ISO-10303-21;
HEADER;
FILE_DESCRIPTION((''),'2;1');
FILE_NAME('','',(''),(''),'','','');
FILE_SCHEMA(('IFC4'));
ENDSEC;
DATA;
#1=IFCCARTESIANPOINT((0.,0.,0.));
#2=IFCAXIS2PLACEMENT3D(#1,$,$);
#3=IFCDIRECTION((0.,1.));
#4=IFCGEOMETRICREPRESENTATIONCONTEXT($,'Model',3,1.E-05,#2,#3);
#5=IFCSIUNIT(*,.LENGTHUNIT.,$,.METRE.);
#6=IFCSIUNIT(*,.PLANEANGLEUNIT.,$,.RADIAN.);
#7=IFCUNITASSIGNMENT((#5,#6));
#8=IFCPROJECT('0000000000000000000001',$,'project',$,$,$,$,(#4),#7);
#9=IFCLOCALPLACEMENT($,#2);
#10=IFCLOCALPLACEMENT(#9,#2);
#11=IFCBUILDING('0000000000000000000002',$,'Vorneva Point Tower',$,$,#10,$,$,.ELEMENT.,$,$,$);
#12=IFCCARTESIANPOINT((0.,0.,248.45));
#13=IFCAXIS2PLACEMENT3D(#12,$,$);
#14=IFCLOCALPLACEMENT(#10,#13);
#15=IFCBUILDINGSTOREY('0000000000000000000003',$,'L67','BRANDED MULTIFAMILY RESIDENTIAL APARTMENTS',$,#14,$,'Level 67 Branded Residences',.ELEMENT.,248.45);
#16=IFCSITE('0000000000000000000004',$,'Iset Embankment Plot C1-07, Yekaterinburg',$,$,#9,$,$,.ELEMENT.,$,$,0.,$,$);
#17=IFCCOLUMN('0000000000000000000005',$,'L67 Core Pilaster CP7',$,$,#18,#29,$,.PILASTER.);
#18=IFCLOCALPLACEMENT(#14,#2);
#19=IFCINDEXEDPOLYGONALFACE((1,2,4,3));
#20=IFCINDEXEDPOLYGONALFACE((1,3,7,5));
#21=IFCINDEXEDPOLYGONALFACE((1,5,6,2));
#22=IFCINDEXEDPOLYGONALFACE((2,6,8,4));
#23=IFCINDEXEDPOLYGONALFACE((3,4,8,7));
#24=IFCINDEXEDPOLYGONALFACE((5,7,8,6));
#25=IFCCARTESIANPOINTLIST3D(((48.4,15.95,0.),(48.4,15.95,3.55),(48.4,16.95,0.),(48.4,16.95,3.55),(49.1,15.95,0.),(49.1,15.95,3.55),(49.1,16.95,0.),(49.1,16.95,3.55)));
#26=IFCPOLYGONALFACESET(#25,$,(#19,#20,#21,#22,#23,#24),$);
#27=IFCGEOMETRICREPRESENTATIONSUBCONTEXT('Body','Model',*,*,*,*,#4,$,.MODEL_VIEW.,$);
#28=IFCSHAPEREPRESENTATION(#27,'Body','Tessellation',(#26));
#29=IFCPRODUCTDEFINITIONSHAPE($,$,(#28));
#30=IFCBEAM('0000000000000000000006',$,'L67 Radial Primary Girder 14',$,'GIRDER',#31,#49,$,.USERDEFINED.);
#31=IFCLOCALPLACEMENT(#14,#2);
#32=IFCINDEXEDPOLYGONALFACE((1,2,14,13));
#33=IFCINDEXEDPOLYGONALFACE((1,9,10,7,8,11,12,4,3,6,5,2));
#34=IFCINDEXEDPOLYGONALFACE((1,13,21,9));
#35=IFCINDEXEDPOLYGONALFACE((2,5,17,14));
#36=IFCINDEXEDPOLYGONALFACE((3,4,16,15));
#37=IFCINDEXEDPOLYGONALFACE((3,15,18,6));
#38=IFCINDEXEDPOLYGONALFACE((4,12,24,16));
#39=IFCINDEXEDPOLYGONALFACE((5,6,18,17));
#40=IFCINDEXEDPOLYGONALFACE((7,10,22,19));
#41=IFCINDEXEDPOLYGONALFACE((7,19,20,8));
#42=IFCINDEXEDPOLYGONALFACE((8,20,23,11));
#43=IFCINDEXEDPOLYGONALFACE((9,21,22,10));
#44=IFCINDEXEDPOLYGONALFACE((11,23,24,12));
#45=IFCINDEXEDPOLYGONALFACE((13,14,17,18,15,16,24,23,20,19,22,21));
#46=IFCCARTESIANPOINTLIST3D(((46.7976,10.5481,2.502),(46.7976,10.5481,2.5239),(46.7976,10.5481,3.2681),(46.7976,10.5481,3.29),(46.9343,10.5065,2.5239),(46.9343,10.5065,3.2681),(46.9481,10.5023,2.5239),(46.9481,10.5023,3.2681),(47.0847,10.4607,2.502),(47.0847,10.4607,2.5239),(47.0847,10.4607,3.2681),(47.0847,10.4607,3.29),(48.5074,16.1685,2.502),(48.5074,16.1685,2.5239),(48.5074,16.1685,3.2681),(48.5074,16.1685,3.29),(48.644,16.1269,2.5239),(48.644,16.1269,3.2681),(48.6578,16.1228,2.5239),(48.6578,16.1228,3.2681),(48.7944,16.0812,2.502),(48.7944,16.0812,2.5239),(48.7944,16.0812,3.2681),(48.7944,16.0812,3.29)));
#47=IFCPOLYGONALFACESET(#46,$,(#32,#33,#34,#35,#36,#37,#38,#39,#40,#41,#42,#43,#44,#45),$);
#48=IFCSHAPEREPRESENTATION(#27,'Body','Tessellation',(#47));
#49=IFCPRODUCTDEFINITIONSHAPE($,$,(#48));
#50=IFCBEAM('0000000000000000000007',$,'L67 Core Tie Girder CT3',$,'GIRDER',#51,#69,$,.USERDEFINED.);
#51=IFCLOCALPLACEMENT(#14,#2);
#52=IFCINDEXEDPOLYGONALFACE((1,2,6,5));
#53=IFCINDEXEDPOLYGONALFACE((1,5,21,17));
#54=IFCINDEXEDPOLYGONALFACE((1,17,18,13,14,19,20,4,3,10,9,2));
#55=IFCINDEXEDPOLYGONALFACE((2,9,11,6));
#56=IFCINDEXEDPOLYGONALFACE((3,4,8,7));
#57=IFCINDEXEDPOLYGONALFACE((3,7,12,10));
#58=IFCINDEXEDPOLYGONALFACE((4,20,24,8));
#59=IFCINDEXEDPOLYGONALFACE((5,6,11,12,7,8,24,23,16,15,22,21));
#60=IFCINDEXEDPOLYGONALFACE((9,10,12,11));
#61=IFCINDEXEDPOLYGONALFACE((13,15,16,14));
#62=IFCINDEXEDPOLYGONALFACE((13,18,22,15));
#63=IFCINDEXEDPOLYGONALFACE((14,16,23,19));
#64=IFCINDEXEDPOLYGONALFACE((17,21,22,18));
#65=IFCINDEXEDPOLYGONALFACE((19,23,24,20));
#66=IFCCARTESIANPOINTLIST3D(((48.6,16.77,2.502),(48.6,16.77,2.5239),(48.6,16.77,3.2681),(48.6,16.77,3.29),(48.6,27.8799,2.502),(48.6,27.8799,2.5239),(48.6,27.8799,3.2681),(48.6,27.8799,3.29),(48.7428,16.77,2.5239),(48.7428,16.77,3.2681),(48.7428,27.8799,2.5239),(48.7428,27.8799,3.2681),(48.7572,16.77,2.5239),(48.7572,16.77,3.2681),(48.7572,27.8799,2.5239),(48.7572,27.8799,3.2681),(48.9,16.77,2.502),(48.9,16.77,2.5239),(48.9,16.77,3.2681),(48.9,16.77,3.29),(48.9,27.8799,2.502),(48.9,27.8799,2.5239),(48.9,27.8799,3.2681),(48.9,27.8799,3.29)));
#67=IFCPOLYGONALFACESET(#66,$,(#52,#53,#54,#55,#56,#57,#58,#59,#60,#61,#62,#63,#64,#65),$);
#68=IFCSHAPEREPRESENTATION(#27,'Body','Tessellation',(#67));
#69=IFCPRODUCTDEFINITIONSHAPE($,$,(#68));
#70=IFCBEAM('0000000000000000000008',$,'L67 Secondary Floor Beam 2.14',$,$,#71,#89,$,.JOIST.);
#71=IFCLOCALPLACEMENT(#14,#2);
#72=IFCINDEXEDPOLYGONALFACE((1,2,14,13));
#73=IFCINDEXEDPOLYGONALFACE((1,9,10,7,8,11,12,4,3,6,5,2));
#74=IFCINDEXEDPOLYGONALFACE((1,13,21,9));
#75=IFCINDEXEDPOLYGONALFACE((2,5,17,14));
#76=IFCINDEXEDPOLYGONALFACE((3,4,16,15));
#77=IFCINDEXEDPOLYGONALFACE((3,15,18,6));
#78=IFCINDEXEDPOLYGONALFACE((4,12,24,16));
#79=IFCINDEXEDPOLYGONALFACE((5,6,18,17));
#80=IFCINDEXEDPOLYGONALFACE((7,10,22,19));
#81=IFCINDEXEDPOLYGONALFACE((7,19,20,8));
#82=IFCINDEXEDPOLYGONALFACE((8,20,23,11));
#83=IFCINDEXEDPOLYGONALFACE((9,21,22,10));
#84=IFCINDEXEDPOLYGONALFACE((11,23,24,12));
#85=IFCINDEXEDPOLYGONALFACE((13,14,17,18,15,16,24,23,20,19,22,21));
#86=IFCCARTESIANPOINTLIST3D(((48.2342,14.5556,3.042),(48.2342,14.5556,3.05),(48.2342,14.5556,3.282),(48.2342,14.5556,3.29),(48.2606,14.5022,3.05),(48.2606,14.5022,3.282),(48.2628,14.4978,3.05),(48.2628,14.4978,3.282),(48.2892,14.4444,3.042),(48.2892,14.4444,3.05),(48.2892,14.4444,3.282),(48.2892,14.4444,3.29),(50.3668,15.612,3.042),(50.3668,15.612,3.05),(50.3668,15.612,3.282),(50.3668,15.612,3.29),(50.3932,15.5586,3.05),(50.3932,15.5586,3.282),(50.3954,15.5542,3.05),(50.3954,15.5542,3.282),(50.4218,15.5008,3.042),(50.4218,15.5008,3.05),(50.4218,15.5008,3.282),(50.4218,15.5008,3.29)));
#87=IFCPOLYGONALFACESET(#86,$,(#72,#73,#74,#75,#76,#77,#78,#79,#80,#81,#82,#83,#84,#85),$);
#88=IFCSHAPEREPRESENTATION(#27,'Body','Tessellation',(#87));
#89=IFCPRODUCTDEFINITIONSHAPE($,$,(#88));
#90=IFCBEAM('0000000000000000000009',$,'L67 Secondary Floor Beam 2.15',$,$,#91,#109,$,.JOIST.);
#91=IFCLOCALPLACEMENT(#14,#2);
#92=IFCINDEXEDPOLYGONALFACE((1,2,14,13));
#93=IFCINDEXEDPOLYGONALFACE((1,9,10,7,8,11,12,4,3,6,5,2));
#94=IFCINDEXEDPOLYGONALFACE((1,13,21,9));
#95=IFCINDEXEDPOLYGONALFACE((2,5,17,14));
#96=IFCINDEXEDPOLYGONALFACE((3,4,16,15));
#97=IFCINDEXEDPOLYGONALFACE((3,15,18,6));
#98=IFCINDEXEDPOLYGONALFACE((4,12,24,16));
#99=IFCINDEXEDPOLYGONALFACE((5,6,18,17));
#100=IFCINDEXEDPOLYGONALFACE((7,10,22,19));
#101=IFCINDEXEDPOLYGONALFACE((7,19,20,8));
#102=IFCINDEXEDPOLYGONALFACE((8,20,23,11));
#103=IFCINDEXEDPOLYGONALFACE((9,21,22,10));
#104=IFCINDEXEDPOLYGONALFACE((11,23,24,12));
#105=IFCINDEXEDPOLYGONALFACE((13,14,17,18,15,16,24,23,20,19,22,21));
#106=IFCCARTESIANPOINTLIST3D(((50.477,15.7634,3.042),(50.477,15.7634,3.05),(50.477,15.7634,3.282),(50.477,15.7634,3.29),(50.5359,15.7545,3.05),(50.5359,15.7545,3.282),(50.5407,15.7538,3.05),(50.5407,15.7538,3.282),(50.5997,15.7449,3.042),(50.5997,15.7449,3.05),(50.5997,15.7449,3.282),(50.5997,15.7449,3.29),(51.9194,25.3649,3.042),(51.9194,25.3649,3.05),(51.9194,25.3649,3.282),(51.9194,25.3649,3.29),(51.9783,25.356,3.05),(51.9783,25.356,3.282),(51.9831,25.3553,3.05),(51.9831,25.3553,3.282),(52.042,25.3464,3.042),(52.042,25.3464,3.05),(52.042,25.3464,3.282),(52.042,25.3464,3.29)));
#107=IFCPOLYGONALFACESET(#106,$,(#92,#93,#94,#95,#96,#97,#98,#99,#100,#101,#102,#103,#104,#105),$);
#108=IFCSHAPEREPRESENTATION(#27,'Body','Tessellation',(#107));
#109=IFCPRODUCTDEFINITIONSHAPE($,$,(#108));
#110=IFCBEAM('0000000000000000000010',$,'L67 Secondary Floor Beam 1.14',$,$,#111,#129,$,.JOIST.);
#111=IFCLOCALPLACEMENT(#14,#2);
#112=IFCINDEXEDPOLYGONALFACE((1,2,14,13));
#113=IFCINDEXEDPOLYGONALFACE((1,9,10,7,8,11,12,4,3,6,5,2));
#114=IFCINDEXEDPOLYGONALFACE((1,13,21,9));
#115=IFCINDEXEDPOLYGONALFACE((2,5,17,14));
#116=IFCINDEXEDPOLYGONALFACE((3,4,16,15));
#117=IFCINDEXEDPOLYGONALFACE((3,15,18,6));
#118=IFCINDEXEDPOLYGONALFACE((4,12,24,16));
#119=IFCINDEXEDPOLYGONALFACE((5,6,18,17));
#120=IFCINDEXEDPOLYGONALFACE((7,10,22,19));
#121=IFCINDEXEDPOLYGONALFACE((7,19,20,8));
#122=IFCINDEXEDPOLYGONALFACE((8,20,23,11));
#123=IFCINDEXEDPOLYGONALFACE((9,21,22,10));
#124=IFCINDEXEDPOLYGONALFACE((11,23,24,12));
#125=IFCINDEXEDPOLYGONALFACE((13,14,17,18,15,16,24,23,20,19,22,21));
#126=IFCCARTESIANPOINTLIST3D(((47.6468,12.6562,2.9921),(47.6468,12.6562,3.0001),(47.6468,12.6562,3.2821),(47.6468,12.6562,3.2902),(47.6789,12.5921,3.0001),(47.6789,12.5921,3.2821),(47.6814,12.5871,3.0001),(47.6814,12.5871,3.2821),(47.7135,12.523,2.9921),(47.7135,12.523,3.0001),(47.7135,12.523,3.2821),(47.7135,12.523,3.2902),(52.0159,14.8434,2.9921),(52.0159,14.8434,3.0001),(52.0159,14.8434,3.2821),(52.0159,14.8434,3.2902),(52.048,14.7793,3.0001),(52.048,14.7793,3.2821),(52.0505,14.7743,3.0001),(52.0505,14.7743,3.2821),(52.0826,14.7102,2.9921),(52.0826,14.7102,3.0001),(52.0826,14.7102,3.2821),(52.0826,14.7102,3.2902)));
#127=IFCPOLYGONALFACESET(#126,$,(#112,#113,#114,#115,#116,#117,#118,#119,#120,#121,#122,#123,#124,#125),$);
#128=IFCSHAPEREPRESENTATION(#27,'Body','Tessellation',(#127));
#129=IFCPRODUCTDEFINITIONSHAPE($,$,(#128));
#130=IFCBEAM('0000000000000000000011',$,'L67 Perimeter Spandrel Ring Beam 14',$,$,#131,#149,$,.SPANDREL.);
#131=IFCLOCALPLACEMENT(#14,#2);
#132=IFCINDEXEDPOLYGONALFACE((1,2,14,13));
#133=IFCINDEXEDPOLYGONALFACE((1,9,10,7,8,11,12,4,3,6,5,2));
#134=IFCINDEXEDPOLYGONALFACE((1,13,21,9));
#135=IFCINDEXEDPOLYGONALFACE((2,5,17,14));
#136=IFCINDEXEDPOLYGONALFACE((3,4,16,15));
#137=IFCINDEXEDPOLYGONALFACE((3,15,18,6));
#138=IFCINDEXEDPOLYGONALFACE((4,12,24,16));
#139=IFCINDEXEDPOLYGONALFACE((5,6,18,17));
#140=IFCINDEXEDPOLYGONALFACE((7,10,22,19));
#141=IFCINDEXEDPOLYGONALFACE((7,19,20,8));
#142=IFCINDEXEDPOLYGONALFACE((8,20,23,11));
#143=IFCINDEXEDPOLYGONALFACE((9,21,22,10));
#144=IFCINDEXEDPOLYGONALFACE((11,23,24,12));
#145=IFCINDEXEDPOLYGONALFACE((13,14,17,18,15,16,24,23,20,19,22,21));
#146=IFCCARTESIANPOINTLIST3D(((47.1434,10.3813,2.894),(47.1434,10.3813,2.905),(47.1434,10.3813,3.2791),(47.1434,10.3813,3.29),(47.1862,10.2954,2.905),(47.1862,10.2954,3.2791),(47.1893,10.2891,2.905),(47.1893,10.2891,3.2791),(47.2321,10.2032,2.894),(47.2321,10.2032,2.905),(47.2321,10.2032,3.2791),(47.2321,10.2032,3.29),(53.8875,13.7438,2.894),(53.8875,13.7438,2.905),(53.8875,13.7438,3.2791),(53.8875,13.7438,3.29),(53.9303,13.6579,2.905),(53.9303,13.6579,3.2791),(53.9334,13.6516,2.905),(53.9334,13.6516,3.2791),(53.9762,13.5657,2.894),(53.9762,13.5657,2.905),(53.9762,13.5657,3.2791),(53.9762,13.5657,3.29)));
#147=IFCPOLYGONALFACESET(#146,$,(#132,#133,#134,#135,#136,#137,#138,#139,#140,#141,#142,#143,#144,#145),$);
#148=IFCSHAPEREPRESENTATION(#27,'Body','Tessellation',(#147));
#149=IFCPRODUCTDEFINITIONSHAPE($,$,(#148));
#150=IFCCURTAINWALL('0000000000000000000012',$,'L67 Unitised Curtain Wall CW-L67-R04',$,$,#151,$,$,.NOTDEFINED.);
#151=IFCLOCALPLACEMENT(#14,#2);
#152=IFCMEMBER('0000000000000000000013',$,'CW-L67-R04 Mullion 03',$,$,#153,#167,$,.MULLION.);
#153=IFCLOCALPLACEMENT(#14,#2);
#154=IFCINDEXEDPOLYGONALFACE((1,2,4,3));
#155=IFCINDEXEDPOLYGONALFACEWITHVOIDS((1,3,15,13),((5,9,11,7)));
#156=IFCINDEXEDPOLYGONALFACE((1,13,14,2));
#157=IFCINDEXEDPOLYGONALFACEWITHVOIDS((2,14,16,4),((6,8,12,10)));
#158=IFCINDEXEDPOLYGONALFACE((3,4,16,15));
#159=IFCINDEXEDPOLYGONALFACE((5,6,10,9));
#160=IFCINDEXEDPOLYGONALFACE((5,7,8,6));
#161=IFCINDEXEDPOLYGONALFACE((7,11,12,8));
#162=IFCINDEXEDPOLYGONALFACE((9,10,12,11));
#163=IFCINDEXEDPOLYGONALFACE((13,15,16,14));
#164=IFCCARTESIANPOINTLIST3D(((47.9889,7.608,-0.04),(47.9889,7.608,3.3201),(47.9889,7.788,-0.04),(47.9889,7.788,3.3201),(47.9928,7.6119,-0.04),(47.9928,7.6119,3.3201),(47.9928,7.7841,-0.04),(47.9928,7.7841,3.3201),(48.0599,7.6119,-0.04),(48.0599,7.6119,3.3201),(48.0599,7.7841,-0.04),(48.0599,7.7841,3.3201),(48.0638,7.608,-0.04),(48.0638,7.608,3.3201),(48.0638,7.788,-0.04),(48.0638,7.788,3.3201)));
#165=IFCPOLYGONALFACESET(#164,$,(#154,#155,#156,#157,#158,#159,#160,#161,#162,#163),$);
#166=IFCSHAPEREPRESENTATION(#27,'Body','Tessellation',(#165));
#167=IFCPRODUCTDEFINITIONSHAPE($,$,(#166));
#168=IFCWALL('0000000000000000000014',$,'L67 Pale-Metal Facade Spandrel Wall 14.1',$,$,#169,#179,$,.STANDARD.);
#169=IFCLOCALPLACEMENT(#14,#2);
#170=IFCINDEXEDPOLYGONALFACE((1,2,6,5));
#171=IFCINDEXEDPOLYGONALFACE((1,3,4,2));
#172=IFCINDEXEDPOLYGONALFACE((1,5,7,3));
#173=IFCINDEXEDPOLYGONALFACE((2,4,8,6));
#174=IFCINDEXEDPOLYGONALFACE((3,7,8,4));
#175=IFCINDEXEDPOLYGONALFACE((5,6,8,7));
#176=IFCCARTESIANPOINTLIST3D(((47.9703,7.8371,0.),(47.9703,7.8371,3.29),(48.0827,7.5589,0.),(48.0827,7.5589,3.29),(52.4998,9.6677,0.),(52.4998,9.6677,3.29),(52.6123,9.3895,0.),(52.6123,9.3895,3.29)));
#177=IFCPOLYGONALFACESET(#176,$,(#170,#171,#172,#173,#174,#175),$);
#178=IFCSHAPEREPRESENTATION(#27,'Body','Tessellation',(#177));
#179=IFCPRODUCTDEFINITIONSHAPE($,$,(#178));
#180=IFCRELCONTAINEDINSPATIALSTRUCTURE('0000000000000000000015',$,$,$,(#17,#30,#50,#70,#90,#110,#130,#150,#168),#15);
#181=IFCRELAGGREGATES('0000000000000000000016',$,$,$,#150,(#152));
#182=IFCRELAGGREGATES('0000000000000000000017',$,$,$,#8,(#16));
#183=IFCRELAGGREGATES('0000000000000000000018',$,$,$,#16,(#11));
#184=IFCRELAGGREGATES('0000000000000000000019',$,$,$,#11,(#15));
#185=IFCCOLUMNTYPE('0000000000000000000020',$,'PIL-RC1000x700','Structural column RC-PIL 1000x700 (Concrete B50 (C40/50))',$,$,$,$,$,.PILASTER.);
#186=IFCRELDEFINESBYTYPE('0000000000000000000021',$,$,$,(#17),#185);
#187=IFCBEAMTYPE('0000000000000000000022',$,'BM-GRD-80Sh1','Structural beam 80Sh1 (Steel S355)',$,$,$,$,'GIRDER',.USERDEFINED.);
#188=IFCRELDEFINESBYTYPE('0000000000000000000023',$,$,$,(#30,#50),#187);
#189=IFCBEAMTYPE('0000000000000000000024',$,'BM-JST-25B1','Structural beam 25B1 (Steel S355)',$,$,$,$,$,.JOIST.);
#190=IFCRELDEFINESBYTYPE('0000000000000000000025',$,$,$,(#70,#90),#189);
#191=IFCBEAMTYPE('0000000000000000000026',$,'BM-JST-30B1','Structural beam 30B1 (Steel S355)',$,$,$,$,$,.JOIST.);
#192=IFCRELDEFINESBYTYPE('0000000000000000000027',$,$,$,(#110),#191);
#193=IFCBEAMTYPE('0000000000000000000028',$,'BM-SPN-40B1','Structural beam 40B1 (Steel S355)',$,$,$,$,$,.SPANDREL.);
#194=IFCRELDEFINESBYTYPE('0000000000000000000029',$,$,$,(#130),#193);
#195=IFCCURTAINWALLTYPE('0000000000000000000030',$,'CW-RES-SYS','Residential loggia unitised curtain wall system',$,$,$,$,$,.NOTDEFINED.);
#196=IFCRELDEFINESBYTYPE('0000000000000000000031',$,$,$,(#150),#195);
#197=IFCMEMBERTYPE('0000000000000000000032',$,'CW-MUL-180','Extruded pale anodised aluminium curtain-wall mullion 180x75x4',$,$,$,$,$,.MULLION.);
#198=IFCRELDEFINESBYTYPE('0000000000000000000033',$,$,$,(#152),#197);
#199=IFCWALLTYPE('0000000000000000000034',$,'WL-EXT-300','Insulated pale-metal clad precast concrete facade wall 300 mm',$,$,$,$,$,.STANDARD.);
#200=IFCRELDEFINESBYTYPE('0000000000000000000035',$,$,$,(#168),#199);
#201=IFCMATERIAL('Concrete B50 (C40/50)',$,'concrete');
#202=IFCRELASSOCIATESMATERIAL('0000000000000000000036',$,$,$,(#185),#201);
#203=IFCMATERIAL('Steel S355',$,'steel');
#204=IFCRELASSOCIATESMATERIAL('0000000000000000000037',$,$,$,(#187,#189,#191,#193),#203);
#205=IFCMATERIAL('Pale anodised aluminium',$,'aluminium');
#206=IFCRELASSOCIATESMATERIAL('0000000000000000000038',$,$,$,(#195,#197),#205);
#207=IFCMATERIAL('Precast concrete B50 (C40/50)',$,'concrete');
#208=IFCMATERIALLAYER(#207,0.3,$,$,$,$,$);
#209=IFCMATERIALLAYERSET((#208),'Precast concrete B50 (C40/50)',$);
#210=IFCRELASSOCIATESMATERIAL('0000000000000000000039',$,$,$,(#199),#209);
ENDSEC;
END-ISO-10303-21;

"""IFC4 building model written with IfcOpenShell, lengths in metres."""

from ifc_helpers import new_model, si_unit, direction, frame, frame_2d, origin, origin_2d, place, context, subcontext, project, spatial, rectangle, hollow_rectangle, i_section, extrude, material, layer, layer_set, material_profile, profile_set, type_object, element, aggregate, save


model = new_model("IFC4")

# Units and contexts
model_context = context("Model", 3, precision=1e-05, world=origin(), true_north=direction((0.0, 1.0)))
body_context = subcontext(model_context, "Body", "Model", "MODEL_VIEW")
ifc_project = project(units=[si_unit("LENGTHUNIT", "METRE"), si_unit("PLANEANGLEUNIT", "RADIAN")], contexts=[model_context])

# Site, building, storey
site_placement = place(None, origin())
site = spatial("IfcSite", under=ifc_project, at=site_placement, Name="Iset Embankment Plot C1-07, Yekaterinburg", CompositionType="ELEMENT", RefElevation=0.0)
building_placement = place(site_placement, origin())
building = spatial("IfcBuilding", under=site, at=building_placement, Name="Vorneva Point Tower", CompositionType="ELEMENT")
storey_placement = place(building_placement, frame((0.0, 0.0, 248.45)))
storey = spatial("IfcBuildingStorey", under=building, at=storey_placement, Name="L67", Description="BRANDED MULTIFAMILY RESIDENTIAL APARTMENTS", LongName="Level 67 Branded Residences", CompositionType="ELEMENT", Elevation=248.45)

# Column
ifc_material_1 = material(Name="Concrete B50 (C40/50)", Category="concrete")
ifc_material_profile_1 = material_profile(ifc_material_1, rectangle(XDim=0.7, YDim=1.0, at=origin_2d()), Name="RC-PIL 1000x700")
ifc_profile_set_1 = profile_set([ifc_material_profile_1], Name="Concrete B50 (C40/50)")
column_type = type_object("IfcColumnType", Name="PIL-RC1000x700", Description="Structural column RC-PIL 1000x700 (Concrete B50 (C40/50))", PredefinedType="PILASTER", material=ifc_profile_set_1)
column_placement = place(storey_placement, frame((48.75, 16.45, 0.0), z_axis=(0.0, 0.0, 1.0), x_axis=(1.0, 0.0, 0.0)))
element("IfcColumn", 1, at=column_placement, inside=storey, type_object=column_type, Name="L67 Core Pilaster CP7", PredefinedType="PILASTER", context=body_context, shape_type="SweptSolid", body=[
    extrude(rectangle(XDim=0.7, YDim=1.0, at=origin_2d()), origin(), (0.0, 0.0, 1.0), 3.55),
])

# Beams
ifc_material_2 = material(Name="Steel S355", Category="steel")
ifc_material_profile_2 = material_profile(ifc_material_2, i_section(OverallWidth=0.3, OverallDepth=0.7881, WebThickness=0.0144, FlangeThickness=0.022, at=origin_2d()), Name="80Sh1")
ifc_profile_set_2 = profile_set([ifc_material_profile_2], Name="Steel S355")
beam_type_1 = type_object("IfcBeamType", Name="BM-GRD-80Sh1", Description="Structural beam 80Sh1 (Steel S355)", ElementType="GIRDER", PredefinedType="USERDEFINED", material=ifc_profile_set_2)
beam_1_placement = place(storey_placement, frame((46.9412, 10.5044, 2.896), z_axis=(0.291033, 0.956713, 0.0), x_axis=(-0.956713, 0.291033, 0.0)))
element("IfcBeam", 2, at=beam_1_placement, inside=storey, type_object=beam_type_1, Name="L67 Radial Primary Girder 14", ObjectType="GIRDER", PredefinedType="USERDEFINED", context=body_context, shape_type="SweptSolid", body=[
    extrude(i_section(OverallWidth=0.3, OverallDepth=0.7881, WebThickness=0.0144, FlangeThickness=0.022, at=origin_2d()), origin(), (0.0, 0.0, 1.0), 5.8748),
])
beam_2_placement = place(storey_placement, frame((48.75, 16.77, 2.896), z_axis=(0.0, 1.0, 0.0), x_axis=(-1.0, 0.0, 0.0)))
element("IfcBeam", 3, at=beam_2_placement, inside=storey, type_object=beam_type_1, Name="L67 Core Tie Girder CT3", ObjectType="GIRDER", PredefinedType="USERDEFINED", context=body_context, shape_type="SweptSolid", body=[
    extrude(i_section(OverallWidth=0.3, OverallDepth=0.7881, WebThickness=0.0144, FlangeThickness=0.022, at=origin_2d()), origin(), (0.0, 0.0, 1.0), 11.1099),
])
ifc_material_profile_3 = material_profile(ifc_material_2, i_section(OverallWidth=0.124, OverallDepth=0.248, WebThickness=0.0049, FlangeThickness=0.0081, at=origin_2d()), Name="25B1")
ifc_profile_set_3 = profile_set([ifc_material_profile_3], Name="Steel S355")
beam_type_2 = type_object("IfcBeamType", Name="BM-JST-25B1", Description="Structural beam 25B1 (Steel S355)", PredefinedType="JOIST", material=ifc_profile_set_3)
beam_3_placement = place(storey_placement, frame((48.2617, 14.5, 3.166), z_axis=(0.896083, 0.443887, 0.0), x_axis=(-0.443887, 0.896083, 0.0)))
element("IfcBeam", 4, at=beam_3_placement, inside=storey, type_object=beam_type_2, Name="L67 Secondary Floor Beam 2.14", PredefinedType="JOIST", context=body_context, shape_type="SweptSolid", body=[
    extrude(i_section(OverallWidth=0.124, OverallDepth=0.248, WebThickness=0.0049, FlangeThickness=0.0081, at=origin_2d()), origin(), (0.0, 0.0, 1.0), 2.3799),
])
beam_4_placement = place(storey_placement, frame((50.5383, 15.7542, 3.166), z_axis=(0.148557, 0.988904, 0.0), x_axis=(-0.988904, 0.148557, 0.0)))
element("IfcBeam", 5, at=beam_4_placement, inside=storey, type_object=beam_type_2, Name="L67 Secondary Floor Beam 2.15", PredefinedType="JOIST", context=body_context, shape_type="SweptSolid", body=[
    extrude(i_section(OverallWidth=0.124, OverallDepth=0.248, WebThickness=0.0049, FlangeThickness=0.0081, at=origin_2d()), origin(), (0.0, 0.0, 1.0), 9.7092),
])
ifc_material_profile_4 = material_profile(ifc_material_2, i_section(OverallWidth=0.1489, OverallDepth=0.2981, WebThickness=0.0056, FlangeThickness=0.0081, at=origin_2d()), Name="30B1")
ifc_profile_set_4 = profile_set([ifc_material_profile_4], Name="Steel S355")
beam_type_3 = type_object("IfcBeamType", Name="BM-JST-30B1", Description="Structural beam 30B1 (Steel S355)", PredefinedType="JOIST", material=ifc_profile_set_4)
beam_5_placement = place(storey_placement, frame((47.6802, 12.5896, 3.1411), z_axis=(0.894207, 0.447653, 0.0), x_axis=(-0.447653, 0.894207, 0.0)))
element("IfcBeam", 6, at=beam_5_placement, inside=storey, type_object=beam_type_3, Name="L67 Secondary Floor Beam 1.14", PredefinedType="JOIST", context=body_context, shape_type="SweptSolid", body=[
    extrude(i_section(OverallWidth=0.1489, OverallDepth=0.2981, WebThickness=0.0056, FlangeThickness=0.0081, at=origin_2d()), origin(), (0.0, 0.0, 1.0), 4.886),
])
ifc_material_profile_5 = material_profile(ifc_material_2, i_section(OverallWidth=0.199, OverallDepth=0.396, WebThickness=0.0071, FlangeThickness=0.011, at=origin_2d()), Name="40B1")
ifc_profile_set_5 = profile_set([ifc_material_profile_5], Name="Steel S355")
beam_type_4 = type_object("IfcBeamType", Name="BM-SPN-40B1", Description="Structural beam 40B1 (Steel S355)", PredefinedType="SPANDREL", material=ifc_profile_set_5)
beam_6_placement = place(storey_placement, frame((47.1877, 10.2922, 3.092), z_axis=(0.894932, 0.446203, 0.0), x_axis=(-0.446203, 0.894932, 0.0)))
element("IfcBeam", 7, at=beam_6_placement, inside=storey, type_object=beam_type_4, Name="L67 Perimeter Spandrel Ring Beam 14", PredefinedType="SPANDREL", context=body_context, shape_type="SweptSolid", body=[
    extrude(i_section(OverallWidth=0.199, OverallDepth=0.396, WebThickness=0.0071, FlangeThickness=0.011, at=origin_2d()), origin(), (0.0, 0.0, 1.0), 7.5359),
])

# Curtain wall, member
ifc_material_3 = material(Name="Pale anodised aluminium", Category="aluminium")
curtain_wall_type = type_object("IfcCurtainWallType", Name="CW-RES-SYS", Description="Residential loggia unitised curtain wall system", PredefinedType="NOTDEFINED", material=ifc_material_3)
curtain_wall_placement = place(storey_placement, origin())
curtain_wall = element("IfcCurtainWall", 8, at=curtain_wall_placement, inside=storey, type_object=curtain_wall_type, Name="L67 Unitised Curtain Wall CW-L67-R04", PredefinedType="NOTDEFINED")
ifc_material_profile_6 = material_profile(ifc_material_3, hollow_rectangle(XDim=0.075, YDim=0.1799, WallThickness=0.0039, at=origin_2d()), Name="AL-MUL 180x75x4")
ifc_profile_set_6 = profile_set([ifc_material_profile_6], Name="Pale anodised aluminium")
member_type = type_object("IfcMemberType", Name="CW-MUL-180", Description="Extruded pale anodised aluminium curtain-wall mullion 180x75x4", PredefinedType="MULLION", material=ifc_profile_set_6)
member_placement = place(storey_placement, frame((48.0264, 7.698, -0.04), z_axis=(0.0, 0.0, 1.0), x_axis=(1.0, 0.0, 0.0)))
member = element("IfcMember", 9, at=member_placement, type_object=member_type, Name="CW-L67-R04 Mullion 03", PredefinedType="MULLION", context=body_context, shape_type="SweptSolid", body=[
    extrude(hollow_rectangle(XDim=0.075, YDim=0.1799, WallThickness=0.0039, at=origin_2d()), origin(), (0.0, 0.0, 1.0), 3.3601),
])
aggregate(curtain_wall, [member])

# Wall
ifc_material_4 = material(Name="Precast concrete B50 (C40/50)", Category="concrete")
ifc_layer_1 = layer(ifc_material_4, 0.3)
ifc_layer_set_1 = layer_set([ifc_layer_1], Name="Precast concrete B50 (C40/50)")
wall_type_1 = type_object("IfcWallType", Name="WL-EXT-300", Description="Insulated pale-metal clad precast concrete facade wall 300 mm", PredefinedType="STANDARD", material=ifc_layer_set_1)
wall_1_placement = place(storey_placement, frame((48.0264, 7.698, 0.0), z_axis=(0.0, 0.0, 1.0), x_axis=(0.927147, 0.374697, 0.0)))
element("IfcWall", 10, at=wall_1_placement, inside=storey, type_object=wall_type_1, Name="L67 Pale-Metal Facade Spandrel Wall 14.1", PredefinedType="STANDARD", context=body_context, shape_type="SweptSolid", body=[
    extrude(rectangle(XDim=4.8855, YDim=0.3, at=frame_2d((2.4429, 0.0))), origin(), (0.0, 0.0, 1.0), 3.29),
])

save(model, "model.ifc")
